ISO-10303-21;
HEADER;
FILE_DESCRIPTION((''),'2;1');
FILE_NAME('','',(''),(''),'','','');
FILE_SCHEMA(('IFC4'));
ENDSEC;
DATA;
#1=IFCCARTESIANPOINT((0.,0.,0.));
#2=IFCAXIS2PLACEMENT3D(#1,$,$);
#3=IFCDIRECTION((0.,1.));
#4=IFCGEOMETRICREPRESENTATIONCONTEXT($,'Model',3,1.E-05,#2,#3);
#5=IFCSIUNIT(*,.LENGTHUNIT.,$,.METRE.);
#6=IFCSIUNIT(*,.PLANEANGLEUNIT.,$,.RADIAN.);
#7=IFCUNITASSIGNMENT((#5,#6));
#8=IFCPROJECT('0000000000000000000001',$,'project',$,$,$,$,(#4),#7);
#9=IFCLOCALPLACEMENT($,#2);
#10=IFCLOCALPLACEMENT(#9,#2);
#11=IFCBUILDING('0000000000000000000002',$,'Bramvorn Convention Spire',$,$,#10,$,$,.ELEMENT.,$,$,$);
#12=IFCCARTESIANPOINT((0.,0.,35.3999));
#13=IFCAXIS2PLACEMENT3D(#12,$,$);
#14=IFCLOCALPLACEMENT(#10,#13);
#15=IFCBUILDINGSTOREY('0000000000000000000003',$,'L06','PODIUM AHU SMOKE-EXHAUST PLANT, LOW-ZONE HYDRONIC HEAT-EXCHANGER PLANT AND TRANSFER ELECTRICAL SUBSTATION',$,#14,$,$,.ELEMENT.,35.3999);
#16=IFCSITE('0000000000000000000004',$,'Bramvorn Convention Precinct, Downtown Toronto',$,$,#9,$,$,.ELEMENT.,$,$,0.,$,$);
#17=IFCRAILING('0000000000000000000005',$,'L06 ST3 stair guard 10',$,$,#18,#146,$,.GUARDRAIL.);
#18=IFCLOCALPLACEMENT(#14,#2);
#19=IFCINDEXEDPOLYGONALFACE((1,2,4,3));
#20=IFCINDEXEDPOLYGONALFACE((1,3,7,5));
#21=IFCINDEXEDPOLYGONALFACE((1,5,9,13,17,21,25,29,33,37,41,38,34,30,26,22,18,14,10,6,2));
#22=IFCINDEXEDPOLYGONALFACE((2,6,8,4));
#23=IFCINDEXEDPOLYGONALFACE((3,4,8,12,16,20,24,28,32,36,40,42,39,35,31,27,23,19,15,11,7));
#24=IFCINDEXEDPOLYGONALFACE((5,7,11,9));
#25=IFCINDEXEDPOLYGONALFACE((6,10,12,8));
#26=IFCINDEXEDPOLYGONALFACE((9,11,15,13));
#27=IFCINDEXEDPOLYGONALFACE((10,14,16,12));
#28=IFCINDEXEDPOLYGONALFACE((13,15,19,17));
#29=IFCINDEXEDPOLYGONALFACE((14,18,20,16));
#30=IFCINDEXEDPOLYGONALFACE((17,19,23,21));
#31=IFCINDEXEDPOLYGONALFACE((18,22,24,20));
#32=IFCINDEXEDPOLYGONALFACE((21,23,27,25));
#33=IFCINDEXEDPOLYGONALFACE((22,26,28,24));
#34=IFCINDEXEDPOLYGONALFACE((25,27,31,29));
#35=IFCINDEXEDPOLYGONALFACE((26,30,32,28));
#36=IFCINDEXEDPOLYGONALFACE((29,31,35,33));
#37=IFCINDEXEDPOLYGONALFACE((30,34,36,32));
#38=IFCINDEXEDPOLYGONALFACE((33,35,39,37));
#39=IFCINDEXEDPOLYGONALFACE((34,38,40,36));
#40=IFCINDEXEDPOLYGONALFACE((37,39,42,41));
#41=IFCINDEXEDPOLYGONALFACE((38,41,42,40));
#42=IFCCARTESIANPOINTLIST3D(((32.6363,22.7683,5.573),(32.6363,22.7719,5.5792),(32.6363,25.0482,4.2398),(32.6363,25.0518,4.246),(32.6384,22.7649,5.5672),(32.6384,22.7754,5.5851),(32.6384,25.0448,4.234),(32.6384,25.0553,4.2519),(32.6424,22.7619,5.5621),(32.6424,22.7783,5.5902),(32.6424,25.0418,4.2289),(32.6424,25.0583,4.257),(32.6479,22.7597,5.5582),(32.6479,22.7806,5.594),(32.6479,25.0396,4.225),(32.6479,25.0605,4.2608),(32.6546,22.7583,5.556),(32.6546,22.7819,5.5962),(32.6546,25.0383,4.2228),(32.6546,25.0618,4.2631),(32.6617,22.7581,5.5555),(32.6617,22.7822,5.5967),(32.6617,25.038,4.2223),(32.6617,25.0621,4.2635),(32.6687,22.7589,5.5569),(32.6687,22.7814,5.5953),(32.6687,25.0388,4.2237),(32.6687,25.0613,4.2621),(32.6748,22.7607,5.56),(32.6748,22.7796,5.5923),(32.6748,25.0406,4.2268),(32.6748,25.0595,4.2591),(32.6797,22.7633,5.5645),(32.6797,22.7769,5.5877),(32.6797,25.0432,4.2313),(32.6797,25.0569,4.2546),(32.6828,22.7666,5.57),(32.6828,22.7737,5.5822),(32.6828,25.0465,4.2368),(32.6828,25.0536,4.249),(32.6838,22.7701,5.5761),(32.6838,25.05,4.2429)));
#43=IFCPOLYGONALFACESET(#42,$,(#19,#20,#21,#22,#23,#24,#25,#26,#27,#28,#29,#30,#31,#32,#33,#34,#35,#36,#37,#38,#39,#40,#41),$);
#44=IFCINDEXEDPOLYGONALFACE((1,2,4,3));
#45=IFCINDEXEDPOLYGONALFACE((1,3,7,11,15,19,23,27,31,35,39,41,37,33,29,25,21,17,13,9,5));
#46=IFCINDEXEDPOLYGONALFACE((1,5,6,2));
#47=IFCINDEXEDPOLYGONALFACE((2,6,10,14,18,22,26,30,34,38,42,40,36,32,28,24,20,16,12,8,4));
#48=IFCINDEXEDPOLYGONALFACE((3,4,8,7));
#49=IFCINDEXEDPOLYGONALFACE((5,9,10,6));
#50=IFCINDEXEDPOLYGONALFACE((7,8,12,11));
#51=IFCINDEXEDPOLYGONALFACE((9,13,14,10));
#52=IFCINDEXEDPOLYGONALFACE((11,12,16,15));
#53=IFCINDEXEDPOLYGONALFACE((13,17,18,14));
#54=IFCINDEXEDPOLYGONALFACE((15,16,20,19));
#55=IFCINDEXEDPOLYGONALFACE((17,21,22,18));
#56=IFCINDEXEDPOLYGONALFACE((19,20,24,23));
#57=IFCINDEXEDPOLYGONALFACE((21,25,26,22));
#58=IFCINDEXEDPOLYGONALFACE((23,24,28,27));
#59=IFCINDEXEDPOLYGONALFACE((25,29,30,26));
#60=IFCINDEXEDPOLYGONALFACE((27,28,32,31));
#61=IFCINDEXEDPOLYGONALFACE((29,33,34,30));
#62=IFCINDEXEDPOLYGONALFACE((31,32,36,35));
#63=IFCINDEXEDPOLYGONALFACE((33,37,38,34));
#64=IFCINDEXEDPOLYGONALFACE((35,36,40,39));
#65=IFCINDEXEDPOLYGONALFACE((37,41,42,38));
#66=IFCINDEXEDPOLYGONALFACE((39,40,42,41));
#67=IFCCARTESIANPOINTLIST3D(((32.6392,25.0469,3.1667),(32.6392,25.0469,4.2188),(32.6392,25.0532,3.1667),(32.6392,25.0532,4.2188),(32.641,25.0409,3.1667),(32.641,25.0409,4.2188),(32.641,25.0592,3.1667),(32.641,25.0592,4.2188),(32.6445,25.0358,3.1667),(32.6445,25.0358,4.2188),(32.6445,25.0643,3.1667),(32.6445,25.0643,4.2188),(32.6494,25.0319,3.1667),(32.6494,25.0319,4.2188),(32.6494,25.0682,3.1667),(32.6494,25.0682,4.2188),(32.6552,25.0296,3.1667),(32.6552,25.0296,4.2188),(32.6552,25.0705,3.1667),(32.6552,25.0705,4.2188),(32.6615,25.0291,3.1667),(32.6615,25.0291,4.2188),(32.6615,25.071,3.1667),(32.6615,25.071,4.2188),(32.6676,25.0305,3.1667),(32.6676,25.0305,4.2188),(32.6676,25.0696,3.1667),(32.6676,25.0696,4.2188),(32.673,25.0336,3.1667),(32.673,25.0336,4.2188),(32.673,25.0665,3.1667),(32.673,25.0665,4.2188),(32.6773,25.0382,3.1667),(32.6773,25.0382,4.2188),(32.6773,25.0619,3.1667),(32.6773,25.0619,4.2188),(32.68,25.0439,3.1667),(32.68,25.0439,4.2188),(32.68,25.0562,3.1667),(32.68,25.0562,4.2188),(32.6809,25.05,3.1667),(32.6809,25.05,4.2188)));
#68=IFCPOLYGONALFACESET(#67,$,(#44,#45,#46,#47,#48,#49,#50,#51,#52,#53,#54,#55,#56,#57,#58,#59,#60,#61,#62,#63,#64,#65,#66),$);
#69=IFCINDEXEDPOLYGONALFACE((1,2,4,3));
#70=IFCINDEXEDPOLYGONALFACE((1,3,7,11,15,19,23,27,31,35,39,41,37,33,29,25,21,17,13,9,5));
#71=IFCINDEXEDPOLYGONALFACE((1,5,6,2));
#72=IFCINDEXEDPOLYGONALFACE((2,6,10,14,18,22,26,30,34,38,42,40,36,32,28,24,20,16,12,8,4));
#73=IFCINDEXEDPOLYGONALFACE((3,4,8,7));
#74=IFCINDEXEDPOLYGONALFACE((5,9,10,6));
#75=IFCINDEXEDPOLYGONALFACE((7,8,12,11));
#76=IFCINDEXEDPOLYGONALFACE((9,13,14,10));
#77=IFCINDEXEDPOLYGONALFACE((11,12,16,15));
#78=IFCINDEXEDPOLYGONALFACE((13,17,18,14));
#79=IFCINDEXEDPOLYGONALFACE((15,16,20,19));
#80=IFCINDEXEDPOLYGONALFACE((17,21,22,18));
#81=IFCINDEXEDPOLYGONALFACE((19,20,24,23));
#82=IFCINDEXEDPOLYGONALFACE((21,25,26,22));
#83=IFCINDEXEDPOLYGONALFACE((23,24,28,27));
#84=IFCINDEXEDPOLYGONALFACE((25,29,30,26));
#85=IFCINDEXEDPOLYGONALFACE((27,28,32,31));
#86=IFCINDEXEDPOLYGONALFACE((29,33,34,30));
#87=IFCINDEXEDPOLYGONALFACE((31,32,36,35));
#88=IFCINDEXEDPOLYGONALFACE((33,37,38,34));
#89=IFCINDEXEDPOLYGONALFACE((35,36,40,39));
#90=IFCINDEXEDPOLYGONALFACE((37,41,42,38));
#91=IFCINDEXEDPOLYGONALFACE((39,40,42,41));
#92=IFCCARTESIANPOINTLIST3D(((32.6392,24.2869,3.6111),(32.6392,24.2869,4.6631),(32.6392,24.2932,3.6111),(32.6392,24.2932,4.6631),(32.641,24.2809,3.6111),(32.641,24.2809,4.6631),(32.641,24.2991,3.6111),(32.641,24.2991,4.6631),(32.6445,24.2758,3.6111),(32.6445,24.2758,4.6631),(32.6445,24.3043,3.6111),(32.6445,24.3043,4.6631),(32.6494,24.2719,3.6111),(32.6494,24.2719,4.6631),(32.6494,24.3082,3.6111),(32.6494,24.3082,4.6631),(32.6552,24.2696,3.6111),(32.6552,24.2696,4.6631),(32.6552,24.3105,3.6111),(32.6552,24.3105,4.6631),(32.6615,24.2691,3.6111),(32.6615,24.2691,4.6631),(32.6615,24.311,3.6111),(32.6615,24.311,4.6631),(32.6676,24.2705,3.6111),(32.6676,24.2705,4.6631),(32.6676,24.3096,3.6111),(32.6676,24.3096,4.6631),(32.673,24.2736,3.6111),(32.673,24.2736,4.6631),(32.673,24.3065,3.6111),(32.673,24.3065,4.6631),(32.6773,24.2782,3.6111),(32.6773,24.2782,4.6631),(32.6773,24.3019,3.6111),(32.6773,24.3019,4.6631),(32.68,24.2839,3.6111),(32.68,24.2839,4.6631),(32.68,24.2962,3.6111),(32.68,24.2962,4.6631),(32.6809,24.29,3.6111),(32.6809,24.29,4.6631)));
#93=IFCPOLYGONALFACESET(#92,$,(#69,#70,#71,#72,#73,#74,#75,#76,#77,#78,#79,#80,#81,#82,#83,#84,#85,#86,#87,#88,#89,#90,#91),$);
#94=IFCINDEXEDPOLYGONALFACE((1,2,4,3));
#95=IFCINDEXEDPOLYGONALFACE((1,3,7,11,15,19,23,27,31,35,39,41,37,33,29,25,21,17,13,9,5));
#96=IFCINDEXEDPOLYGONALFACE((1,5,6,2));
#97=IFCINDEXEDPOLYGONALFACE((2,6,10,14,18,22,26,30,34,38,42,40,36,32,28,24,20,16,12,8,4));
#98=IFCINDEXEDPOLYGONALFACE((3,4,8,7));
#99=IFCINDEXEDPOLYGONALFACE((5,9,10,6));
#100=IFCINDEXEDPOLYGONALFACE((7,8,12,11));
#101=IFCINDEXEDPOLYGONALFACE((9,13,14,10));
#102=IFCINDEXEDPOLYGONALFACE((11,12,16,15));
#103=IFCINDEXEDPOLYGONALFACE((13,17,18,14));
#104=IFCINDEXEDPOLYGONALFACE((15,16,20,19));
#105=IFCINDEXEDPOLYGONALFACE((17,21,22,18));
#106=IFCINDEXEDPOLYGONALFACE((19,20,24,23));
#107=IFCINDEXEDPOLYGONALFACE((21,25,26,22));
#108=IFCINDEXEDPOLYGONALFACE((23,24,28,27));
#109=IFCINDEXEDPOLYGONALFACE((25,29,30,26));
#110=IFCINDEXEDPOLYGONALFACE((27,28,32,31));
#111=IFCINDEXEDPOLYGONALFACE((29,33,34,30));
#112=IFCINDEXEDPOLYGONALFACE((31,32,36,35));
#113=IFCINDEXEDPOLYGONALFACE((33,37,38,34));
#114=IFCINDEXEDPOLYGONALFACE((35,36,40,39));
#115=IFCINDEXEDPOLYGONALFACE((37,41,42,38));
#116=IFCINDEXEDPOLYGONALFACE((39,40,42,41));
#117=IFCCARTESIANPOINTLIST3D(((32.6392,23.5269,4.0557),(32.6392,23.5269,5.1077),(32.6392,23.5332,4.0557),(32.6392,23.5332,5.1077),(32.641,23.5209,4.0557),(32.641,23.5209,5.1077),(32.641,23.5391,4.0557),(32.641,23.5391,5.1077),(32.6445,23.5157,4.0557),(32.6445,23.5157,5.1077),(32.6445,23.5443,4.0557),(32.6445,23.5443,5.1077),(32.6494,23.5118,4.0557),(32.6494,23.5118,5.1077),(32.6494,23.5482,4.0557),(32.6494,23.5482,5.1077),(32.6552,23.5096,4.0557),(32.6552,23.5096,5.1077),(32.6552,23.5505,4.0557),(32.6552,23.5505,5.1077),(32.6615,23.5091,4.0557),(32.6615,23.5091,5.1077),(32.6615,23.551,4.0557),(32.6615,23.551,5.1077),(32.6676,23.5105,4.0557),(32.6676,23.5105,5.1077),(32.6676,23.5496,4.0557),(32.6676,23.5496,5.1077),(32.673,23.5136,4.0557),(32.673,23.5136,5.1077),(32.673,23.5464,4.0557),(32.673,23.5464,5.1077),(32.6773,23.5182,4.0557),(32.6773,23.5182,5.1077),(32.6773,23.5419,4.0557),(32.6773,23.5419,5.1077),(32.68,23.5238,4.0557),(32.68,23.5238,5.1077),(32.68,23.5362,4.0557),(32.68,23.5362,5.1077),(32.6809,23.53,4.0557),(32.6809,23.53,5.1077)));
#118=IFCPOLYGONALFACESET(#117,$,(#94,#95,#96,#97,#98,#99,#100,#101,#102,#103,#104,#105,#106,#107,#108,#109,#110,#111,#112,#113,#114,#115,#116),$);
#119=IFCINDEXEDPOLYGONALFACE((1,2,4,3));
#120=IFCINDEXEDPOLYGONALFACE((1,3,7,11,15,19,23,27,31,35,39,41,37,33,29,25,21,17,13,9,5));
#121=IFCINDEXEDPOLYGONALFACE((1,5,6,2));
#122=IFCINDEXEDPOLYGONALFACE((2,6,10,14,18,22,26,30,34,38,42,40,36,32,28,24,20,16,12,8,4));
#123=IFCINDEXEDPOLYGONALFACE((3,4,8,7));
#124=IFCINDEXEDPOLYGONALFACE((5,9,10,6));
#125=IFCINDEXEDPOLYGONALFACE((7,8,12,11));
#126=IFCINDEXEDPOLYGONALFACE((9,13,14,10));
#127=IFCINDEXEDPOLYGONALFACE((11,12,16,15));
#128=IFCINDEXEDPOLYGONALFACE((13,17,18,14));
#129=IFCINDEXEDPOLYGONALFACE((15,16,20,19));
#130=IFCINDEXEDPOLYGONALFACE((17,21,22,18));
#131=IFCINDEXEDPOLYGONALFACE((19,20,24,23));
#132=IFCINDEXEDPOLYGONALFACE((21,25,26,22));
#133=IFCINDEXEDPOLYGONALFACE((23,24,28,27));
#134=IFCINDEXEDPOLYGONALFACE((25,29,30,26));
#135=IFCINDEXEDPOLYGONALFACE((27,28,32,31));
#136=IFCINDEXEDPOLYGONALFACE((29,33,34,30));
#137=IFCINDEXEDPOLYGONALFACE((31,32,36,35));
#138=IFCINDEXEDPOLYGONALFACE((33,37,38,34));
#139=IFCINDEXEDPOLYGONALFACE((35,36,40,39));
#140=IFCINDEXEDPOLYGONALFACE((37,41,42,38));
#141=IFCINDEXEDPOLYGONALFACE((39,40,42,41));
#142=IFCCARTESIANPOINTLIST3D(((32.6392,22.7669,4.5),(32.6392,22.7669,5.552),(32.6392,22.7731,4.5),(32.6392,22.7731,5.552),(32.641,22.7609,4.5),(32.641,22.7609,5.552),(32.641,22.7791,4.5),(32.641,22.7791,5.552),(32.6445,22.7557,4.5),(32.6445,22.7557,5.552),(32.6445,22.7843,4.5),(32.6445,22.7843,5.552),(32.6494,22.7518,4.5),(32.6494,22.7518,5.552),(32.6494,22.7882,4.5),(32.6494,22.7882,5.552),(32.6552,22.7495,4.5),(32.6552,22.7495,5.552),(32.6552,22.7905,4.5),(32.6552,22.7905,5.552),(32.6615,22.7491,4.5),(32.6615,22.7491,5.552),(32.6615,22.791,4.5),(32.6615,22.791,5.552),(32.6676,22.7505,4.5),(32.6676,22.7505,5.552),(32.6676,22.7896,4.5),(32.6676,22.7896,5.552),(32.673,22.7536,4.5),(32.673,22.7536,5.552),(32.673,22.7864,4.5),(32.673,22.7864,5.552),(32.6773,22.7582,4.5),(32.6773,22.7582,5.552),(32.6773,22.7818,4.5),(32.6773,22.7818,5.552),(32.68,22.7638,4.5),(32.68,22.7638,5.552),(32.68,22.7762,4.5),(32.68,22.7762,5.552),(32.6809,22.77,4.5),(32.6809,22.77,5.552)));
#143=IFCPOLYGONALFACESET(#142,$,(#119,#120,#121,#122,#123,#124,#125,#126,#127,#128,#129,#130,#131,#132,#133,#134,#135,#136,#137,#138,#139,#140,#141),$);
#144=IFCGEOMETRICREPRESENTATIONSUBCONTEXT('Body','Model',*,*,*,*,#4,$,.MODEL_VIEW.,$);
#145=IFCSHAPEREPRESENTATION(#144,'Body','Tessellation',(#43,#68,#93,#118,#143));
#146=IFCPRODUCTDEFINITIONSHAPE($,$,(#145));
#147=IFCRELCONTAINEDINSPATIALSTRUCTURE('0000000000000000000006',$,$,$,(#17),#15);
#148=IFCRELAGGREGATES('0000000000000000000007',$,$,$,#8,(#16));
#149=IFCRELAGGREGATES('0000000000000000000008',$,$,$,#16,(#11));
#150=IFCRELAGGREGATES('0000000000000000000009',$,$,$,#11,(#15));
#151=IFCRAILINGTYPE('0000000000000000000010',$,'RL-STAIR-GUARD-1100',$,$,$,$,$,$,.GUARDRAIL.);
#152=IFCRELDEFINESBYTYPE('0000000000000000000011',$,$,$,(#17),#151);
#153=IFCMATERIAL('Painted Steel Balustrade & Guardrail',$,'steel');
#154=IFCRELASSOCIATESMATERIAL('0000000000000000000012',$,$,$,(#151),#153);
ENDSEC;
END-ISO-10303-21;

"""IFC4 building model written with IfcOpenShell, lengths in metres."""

from ifc_helpers import new_model, si_unit, direction, frame, origin, origin_2d, place, context, subcontext, project, spatial, circle, extrude, material, type_object, element, save


model = new_model("IFC4")

# Units and contexts
model_context = context("Model", 3, precision=1e-05, world=origin(), true_north=direction((0.0, 1.0)))
body_context = subcontext(model_context, "Body", "Model", "MODEL_VIEW")
ifc_project = project(units=[si_unit("LENGTHUNIT", "METRE"), si_unit("PLANEANGLEUNIT", "RADIAN")], contexts=[model_context])

# Site, building, storey
site_placement = place(None, origin())
site = spatial("IfcSite", under=ifc_project, at=site_placement, Name="Bramvorn Convention Precinct, Downtown Toronto", CompositionType="ELEMENT", RefElevation=0.0)
building_placement = place(site_placement, origin())
building = spatial("IfcBuilding", under=site, at=building_placement, Name="Bramvorn Convention Spire", CompositionType="ELEMENT")
storey_placement = place(building_placement, frame((0.0, 0.0, 35.3999)))
storey = spatial("IfcBuildingStorey", under=building, at=storey_placement, Name="L06", Description="PODIUM AHU SMOKE-EXHAUST PLANT, LOW-ZONE HYDRONIC HEAT-EXCHANGER PLANT AND TRANSFER ELECTRICAL SUBSTATION", CompositionType="ELEMENT", Elevation=35.3999)

# Railing
ifc_material_1 = material(Name="Painted Steel Balustrade & Guardrail", Category="steel")
railing_type_1 = type_object("IfcRailingType", Name="RL-STAIR-GUARD-1100", PredefinedType="GUARDRAIL", material=ifc_material_1)
railing_1_placement = place(storey_placement, frame((32.6599, 25.05, 3.1667)))
element("IfcRailing", 1, at=railing_1_placement, inside=storey, type_object=railing_type_1, Name="L06 ST3 stair guard 10", PredefinedType="GUARDRAIL", context=body_context, shape_type="SweptSolid", body=[
    extrude(circle(Radius=0.0239, at=origin_2d()), frame((0.0, 0.0, 1.0762), z_axis=(0.0, -0.863245, 0.504785), x_axis=(1.0, 0.0, 0.0)), (0.0, 0.0, 1.0), 2.6411),
    extrude(circle(Radius=0.021, at=origin_2d()), origin(), (0.0, 0.0, 1.0), 1.052),
    extrude(circle(Radius=0.021, at=origin_2d()), frame((0.0, -0.76, 0.4443)), (0.0, 0.0, 1.0), 1.052),
    extrude(circle(Radius=0.021, at=origin_2d()), frame((0.0, -1.52, 0.8889)), (0.0, 0.0, 1.0), 1.052),
    extrude(circle(Radius=0.021, at=origin_2d()), frame((0.0, -2.28, 1.3333)), (0.0, 0.0, 1.0), 1.052),
])

save(model, "model.ifc")
